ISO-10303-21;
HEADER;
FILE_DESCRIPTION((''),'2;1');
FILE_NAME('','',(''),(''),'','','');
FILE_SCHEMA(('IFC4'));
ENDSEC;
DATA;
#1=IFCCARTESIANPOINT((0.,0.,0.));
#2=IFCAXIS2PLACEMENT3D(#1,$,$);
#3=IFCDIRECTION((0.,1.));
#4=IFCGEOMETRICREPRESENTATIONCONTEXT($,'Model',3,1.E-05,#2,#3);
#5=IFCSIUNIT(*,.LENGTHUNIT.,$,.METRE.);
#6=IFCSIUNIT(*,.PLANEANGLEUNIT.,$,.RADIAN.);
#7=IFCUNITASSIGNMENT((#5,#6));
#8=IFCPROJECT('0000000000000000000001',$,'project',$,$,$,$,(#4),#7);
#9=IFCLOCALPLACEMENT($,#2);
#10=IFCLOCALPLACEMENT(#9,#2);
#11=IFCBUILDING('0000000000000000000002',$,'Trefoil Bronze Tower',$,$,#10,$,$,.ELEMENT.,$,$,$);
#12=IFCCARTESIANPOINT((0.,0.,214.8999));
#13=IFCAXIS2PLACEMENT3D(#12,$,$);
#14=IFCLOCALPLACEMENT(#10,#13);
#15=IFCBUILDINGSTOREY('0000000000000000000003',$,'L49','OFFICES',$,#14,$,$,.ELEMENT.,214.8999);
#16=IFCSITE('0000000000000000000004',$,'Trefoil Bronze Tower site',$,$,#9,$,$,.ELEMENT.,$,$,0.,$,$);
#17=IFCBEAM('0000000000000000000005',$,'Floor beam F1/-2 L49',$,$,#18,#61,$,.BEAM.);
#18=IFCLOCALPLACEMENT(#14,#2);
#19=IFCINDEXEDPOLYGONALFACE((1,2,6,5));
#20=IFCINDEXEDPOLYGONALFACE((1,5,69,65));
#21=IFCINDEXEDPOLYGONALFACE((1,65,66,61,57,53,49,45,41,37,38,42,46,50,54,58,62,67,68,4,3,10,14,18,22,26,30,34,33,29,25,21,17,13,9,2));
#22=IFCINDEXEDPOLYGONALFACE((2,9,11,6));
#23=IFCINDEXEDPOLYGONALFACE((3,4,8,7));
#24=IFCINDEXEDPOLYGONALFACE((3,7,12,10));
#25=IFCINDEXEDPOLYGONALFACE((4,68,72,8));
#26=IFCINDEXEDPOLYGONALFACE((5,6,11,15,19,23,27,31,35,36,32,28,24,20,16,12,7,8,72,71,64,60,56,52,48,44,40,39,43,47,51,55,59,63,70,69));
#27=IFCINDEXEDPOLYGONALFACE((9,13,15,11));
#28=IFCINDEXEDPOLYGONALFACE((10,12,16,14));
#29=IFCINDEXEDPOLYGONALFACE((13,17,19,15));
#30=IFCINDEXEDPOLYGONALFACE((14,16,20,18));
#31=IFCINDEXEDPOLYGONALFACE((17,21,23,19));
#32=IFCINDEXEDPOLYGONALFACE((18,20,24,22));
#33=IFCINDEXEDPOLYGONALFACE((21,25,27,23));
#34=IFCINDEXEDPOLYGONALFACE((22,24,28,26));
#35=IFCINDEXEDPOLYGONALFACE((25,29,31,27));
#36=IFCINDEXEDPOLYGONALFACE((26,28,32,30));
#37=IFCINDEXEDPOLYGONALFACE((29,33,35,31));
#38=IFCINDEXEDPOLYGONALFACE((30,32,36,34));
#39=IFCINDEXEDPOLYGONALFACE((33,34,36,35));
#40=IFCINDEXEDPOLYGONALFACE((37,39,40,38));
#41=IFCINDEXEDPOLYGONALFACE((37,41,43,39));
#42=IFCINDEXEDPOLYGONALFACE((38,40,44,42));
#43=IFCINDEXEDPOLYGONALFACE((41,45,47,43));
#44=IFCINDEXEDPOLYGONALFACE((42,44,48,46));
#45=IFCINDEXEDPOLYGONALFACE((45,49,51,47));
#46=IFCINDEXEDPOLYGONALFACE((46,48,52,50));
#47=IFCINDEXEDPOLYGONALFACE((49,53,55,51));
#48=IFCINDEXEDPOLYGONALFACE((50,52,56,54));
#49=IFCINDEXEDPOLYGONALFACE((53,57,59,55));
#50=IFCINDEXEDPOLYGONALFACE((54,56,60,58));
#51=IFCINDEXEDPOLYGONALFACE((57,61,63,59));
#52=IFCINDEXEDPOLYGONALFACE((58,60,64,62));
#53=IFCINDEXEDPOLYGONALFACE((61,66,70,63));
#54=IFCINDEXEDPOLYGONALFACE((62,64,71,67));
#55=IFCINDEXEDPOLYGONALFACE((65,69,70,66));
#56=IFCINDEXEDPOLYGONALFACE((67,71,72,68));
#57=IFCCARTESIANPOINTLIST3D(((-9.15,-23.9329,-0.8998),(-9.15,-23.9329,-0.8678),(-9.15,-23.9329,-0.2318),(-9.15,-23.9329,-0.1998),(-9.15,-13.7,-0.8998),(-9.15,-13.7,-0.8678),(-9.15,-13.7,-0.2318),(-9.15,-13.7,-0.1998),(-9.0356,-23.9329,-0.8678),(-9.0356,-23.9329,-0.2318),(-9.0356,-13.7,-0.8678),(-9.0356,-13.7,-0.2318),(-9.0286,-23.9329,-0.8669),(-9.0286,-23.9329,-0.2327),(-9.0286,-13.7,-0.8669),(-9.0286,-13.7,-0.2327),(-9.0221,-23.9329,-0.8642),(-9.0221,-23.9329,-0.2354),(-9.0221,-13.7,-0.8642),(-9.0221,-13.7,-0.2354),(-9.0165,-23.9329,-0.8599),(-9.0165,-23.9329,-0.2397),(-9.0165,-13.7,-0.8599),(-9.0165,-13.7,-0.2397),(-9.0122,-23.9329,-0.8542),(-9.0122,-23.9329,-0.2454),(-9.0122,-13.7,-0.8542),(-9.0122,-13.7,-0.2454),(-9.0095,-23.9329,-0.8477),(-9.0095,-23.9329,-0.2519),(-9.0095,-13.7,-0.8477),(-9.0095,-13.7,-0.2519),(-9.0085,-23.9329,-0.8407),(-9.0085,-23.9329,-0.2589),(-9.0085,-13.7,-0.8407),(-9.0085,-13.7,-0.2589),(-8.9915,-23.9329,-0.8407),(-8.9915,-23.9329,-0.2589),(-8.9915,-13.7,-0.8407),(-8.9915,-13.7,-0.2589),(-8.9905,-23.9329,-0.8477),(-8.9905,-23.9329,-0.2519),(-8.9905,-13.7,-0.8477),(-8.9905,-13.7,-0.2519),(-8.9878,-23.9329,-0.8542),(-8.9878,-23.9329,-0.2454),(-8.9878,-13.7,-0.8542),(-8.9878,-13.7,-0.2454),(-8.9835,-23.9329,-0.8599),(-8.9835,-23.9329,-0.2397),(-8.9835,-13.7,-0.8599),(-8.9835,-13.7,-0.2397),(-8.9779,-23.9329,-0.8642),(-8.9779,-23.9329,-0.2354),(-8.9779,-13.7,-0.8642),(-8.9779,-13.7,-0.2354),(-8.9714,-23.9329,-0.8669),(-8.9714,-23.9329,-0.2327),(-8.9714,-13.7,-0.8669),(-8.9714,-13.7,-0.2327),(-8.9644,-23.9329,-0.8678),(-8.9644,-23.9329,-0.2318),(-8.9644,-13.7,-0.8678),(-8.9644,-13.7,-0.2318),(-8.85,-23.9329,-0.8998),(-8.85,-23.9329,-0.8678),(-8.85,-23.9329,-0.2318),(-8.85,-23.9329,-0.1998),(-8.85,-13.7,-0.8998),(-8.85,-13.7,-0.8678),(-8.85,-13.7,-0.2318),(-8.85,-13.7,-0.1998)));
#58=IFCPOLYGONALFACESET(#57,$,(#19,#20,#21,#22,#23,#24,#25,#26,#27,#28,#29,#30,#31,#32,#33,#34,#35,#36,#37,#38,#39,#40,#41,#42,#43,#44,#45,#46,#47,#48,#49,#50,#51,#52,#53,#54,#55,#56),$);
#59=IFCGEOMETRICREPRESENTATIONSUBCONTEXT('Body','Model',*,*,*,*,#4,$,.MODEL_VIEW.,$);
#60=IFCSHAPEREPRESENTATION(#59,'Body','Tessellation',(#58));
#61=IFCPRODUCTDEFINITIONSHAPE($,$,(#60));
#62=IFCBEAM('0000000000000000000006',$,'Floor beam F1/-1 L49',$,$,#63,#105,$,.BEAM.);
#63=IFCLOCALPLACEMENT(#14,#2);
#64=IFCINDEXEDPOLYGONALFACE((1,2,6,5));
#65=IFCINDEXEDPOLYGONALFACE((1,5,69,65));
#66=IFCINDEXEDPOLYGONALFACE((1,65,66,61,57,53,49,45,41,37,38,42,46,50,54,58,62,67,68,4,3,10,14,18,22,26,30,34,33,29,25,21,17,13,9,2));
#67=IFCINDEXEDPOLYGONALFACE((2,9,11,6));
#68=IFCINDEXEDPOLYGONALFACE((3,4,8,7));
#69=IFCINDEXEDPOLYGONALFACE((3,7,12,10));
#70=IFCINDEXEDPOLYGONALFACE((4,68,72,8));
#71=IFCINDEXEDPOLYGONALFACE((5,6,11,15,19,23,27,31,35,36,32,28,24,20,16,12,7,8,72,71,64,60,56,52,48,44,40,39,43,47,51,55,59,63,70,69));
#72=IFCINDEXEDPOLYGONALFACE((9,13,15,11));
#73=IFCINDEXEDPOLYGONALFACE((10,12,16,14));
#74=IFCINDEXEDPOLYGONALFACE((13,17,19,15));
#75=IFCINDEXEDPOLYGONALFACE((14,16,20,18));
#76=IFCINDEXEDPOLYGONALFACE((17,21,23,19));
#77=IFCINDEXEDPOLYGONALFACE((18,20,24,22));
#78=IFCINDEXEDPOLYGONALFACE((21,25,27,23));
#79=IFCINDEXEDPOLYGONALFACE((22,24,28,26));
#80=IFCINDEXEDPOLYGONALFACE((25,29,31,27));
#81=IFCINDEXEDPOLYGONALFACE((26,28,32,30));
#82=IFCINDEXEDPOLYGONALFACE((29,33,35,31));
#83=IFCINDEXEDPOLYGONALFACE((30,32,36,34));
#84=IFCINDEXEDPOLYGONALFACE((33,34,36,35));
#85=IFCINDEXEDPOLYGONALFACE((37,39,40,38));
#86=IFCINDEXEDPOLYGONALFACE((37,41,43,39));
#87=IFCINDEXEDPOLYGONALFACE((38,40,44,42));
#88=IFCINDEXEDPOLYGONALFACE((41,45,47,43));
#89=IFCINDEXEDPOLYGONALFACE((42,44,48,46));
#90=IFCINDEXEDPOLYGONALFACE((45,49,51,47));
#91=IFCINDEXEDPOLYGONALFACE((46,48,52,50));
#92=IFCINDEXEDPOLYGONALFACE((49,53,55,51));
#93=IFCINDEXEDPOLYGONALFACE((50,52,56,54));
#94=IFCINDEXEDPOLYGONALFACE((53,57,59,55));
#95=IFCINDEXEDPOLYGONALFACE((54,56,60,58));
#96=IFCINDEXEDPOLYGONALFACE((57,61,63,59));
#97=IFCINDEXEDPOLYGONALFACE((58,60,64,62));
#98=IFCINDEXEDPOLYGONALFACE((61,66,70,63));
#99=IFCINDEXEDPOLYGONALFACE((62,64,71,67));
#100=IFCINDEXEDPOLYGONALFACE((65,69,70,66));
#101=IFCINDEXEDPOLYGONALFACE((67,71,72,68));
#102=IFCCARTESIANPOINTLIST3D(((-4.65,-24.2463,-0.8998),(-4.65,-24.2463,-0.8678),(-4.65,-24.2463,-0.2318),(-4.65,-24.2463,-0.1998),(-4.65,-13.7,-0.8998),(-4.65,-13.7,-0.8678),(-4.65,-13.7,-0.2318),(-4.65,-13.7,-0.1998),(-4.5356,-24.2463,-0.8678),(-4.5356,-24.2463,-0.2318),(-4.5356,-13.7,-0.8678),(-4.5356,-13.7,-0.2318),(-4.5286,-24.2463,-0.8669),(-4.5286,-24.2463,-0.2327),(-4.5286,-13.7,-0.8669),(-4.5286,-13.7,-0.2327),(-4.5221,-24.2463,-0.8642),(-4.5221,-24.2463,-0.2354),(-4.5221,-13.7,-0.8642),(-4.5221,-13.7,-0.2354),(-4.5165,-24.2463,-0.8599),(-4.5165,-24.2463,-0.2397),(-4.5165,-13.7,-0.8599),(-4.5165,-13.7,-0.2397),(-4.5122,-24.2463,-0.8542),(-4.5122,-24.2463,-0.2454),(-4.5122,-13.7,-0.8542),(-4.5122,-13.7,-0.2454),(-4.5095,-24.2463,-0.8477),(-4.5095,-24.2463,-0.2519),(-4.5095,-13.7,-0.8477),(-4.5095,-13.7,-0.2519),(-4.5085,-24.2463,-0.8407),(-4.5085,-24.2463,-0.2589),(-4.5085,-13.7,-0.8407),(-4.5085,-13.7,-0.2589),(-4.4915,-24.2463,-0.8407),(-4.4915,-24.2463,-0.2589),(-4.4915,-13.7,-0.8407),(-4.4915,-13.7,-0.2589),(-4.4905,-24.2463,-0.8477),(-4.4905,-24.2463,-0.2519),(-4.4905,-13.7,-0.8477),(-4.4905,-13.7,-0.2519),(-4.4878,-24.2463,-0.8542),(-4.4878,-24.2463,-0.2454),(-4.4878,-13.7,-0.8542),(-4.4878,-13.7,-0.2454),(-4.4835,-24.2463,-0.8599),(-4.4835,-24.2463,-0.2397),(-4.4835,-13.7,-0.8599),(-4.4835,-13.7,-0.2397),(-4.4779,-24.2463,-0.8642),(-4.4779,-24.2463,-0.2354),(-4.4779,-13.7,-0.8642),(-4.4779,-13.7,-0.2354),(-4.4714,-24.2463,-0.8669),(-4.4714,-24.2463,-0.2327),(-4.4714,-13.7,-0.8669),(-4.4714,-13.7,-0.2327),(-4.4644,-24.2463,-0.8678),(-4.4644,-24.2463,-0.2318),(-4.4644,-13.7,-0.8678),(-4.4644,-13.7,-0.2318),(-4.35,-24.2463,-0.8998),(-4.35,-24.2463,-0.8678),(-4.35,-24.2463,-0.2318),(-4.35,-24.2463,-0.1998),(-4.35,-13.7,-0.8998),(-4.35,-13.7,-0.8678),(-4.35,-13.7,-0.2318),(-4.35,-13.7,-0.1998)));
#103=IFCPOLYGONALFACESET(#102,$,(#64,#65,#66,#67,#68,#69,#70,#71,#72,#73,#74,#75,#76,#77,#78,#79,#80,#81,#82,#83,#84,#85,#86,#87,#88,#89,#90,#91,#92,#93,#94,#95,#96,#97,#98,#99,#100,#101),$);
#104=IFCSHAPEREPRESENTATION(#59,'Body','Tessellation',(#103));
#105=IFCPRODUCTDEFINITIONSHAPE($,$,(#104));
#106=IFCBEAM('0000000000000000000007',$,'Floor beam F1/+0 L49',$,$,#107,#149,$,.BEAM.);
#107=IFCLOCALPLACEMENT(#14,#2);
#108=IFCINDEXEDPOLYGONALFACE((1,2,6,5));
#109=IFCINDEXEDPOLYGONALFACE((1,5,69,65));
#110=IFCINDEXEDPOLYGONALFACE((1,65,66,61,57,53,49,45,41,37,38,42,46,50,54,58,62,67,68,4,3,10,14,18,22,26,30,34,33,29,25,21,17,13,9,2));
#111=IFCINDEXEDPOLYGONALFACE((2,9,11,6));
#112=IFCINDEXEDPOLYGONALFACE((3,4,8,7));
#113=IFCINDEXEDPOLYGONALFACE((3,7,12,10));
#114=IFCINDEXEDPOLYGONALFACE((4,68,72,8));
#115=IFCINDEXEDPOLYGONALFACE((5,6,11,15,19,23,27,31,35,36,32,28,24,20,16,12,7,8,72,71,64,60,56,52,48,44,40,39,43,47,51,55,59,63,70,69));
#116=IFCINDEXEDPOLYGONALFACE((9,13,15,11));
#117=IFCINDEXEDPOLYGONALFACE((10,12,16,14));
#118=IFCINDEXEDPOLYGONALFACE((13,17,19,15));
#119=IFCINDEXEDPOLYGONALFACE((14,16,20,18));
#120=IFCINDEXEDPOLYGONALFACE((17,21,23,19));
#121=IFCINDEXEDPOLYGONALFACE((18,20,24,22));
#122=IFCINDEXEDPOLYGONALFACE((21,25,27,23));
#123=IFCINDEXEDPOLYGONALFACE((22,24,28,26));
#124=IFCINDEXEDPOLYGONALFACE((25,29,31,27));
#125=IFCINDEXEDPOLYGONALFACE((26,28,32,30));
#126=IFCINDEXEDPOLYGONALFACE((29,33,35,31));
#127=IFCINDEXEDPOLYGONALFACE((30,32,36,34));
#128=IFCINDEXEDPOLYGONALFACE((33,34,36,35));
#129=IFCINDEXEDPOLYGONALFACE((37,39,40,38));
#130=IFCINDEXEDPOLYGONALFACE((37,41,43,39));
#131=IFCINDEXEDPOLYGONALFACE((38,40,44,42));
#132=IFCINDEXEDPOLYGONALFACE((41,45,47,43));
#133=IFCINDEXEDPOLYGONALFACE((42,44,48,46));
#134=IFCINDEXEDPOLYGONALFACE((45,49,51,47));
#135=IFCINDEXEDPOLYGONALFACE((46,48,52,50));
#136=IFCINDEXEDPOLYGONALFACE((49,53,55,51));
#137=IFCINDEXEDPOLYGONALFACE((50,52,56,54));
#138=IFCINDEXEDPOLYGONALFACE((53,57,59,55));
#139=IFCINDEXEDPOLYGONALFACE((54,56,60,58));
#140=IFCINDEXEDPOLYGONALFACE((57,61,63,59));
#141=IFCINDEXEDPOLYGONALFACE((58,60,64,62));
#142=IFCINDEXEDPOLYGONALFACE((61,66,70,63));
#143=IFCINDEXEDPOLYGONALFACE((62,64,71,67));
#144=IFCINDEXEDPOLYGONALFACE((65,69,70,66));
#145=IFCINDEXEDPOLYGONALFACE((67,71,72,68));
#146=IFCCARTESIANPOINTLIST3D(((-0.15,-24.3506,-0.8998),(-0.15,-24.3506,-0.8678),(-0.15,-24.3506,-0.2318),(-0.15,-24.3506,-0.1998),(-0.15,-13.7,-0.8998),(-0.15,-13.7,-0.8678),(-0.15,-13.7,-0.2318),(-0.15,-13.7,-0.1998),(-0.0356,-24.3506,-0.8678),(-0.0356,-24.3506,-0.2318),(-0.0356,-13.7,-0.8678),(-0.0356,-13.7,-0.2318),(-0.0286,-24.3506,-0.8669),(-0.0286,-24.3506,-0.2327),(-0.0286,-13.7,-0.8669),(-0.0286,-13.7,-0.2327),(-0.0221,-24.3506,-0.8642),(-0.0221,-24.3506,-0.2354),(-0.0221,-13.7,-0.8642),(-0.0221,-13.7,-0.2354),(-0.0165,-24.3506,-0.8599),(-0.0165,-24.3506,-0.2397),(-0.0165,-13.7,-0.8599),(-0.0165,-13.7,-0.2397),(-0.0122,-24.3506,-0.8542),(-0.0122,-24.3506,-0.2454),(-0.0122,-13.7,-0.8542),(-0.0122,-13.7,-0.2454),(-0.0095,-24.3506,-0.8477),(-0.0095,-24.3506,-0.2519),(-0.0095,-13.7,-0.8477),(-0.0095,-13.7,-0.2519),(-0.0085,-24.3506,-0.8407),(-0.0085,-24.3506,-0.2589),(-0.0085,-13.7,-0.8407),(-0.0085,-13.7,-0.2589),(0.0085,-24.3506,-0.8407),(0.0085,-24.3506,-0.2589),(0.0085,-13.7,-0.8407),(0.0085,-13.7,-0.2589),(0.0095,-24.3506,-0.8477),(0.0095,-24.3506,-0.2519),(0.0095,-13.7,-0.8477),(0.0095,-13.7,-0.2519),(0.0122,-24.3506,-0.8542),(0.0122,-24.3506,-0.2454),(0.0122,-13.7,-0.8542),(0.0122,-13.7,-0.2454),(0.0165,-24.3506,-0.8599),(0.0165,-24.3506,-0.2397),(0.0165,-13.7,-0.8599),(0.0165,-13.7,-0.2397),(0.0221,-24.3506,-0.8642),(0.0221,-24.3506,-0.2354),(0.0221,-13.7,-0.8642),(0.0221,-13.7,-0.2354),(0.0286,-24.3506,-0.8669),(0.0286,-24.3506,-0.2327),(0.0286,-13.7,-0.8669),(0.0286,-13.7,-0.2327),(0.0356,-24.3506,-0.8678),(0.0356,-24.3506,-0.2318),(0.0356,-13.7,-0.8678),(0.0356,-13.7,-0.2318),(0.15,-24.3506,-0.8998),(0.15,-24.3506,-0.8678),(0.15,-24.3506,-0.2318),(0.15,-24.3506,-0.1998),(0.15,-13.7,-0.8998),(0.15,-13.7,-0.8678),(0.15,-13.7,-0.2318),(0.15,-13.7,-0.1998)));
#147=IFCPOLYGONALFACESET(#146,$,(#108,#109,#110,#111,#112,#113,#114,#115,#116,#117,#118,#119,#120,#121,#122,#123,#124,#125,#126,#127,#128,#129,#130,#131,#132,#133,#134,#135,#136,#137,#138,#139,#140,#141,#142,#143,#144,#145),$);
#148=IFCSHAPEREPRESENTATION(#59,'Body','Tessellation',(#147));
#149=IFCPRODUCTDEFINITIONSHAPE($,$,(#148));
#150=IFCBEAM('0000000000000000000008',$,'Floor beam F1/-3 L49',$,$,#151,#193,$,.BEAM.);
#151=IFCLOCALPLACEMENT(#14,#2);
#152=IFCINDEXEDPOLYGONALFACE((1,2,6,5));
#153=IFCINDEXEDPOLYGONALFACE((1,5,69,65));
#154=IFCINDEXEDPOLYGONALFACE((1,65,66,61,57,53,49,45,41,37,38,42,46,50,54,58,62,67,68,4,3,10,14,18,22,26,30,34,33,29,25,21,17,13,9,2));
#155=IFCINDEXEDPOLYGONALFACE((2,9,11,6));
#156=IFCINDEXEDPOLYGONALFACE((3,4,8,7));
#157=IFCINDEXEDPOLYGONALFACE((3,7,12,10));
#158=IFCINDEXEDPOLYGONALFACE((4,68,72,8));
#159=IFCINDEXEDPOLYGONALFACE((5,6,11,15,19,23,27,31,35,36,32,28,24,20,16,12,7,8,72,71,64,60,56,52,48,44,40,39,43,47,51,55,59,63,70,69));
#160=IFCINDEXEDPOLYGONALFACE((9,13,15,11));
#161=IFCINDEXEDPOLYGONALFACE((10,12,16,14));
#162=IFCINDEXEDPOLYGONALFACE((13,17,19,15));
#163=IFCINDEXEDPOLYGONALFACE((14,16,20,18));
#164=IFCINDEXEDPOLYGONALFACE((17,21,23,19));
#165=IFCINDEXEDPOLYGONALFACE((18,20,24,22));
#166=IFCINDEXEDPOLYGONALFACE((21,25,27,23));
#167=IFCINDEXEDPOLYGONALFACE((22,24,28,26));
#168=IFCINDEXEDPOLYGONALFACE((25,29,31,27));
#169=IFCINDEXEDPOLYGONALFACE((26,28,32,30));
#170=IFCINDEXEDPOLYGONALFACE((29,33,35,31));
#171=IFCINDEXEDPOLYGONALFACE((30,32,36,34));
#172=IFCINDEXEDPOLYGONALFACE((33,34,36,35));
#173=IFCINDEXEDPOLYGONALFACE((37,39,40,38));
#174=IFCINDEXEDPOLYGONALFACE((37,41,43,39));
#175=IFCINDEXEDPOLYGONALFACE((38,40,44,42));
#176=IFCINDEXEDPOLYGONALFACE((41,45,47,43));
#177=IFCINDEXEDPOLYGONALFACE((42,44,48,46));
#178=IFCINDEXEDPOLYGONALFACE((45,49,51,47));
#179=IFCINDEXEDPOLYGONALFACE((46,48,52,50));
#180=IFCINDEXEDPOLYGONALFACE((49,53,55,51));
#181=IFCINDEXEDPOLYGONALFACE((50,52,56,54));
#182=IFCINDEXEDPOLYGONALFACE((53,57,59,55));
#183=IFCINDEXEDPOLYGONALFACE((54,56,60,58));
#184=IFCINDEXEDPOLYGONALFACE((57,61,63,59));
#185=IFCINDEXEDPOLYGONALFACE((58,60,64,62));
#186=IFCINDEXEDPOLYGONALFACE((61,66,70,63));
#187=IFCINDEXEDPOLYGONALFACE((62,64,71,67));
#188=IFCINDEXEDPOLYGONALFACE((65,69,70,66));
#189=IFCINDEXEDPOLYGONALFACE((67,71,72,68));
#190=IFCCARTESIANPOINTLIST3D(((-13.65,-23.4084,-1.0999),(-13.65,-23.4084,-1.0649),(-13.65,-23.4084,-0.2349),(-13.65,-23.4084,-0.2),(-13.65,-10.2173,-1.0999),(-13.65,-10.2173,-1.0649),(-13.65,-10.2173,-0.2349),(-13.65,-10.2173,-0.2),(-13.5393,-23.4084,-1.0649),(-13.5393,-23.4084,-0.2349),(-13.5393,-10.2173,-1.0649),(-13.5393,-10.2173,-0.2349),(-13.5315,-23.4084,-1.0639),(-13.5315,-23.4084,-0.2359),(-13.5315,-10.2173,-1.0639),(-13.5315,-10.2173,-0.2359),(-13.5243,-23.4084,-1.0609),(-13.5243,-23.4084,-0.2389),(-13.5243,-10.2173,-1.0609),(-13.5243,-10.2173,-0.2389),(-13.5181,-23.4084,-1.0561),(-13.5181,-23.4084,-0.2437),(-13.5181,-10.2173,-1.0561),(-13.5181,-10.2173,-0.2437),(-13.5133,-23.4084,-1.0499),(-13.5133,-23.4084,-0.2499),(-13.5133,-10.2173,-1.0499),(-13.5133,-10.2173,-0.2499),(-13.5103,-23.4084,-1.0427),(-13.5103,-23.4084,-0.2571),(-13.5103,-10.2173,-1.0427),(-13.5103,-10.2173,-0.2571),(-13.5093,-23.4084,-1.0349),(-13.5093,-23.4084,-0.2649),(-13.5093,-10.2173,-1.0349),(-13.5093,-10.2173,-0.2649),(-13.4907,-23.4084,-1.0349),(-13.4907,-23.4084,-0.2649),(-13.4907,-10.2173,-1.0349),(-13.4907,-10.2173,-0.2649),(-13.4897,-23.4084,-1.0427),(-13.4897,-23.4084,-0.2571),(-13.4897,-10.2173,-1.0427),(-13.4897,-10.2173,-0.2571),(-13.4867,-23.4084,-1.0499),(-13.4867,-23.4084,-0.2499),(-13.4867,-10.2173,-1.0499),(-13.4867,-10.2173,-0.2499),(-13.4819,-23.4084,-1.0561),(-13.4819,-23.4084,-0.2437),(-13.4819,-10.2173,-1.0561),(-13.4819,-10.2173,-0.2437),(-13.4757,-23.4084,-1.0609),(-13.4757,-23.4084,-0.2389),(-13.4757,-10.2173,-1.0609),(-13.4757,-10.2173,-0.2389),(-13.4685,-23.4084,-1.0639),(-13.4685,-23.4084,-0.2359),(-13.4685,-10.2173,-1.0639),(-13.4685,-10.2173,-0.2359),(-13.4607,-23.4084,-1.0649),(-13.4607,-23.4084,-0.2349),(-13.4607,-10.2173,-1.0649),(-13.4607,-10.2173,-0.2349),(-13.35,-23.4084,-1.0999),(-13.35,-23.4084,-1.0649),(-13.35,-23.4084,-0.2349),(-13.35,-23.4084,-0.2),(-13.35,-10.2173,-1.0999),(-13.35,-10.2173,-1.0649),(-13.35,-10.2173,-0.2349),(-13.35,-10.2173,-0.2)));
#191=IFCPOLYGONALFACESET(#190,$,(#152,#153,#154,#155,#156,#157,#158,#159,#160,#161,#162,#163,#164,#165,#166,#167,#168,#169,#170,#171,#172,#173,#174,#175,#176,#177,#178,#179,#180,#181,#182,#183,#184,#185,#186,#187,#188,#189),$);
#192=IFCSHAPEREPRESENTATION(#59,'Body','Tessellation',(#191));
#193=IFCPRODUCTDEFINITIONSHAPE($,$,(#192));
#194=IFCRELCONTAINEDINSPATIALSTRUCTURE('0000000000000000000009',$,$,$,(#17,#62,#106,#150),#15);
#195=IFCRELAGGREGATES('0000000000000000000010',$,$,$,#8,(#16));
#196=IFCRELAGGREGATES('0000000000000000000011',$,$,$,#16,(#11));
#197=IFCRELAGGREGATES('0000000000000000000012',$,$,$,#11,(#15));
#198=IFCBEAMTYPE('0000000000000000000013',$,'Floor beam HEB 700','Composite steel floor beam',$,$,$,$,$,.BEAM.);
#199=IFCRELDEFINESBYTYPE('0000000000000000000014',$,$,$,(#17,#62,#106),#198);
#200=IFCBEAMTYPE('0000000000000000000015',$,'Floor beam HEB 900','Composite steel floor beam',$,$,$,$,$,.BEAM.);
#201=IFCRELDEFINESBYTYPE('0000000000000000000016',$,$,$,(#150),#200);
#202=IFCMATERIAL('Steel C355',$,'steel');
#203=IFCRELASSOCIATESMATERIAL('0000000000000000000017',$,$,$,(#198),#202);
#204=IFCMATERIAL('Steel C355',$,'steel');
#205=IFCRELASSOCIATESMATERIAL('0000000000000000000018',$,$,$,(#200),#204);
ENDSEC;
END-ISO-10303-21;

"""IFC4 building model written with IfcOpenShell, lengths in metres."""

from ifc_helpers import new_model, si_unit, direction, frame, origin, origin_2d, place, context, subcontext, project, spatial, i_section, extrude, material, material_profile, profile_set, type_object, element, save


model = new_model("IFC4")

# Units and contexts
model_context = context("Model", 3, precision=1e-05, world=origin(), true_north=direction((0.0, 1.0)))
body_context = subcontext(model_context, "Body", "Model", "MODEL_VIEW")
ifc_project = project(units=[si_unit("LENGTHUNIT", "METRE"), si_unit("PLANEANGLEUNIT", "RADIAN")], contexts=[model_context])

# Site, building, storey
site_placement = place(None, origin())
site = spatial("IfcSite", under=ifc_project, at=site_placement, Name="Trefoil Bronze Tower site", CompositionType="ELEMENT", RefElevation=0.0)
building_placement = place(site_placement, origin())
building = spatial("IfcBuilding", under=site, at=building_placement, Name="Trefoil Bronze Tower", CompositionType="ELEMENT")
storey_placement = place(building_placement, frame((0.0, 0.0, 214.8999)))
storey = spatial("IfcBuildingStorey", under=building, at=storey_placement, Name="L49", Description="OFFICES", CompositionType="ELEMENT", Elevation=214.8999)

# Beams
ifc_material_1 = material(Name="Steel C355", Category="steel")
ifc_material_profile_1 = material_profile(ifc_material_1, i_section(OverallWidth=0.3, OverallDepth=0.7, WebThickness=0.0171, FlangeThickness=0.032, FilletRadius=0.0271, at=origin_2d()), Name="HEB 700")
ifc_profile_set_1 = profile_set([ifc_material_profile_1], Name="Steel C355")
beam_type_1 = type_object("IfcBeamType", Name="Floor beam HEB 700", Description="Composite steel floor beam", PredefinedType="BEAM", material=ifc_profile_set_1)
beam_1_placement = place(storey_placement, frame((-9.0, -23.9329, -0.5498), z_axis=(0.0, 1.0, 0.0), x_axis=(-1.0, 0.0, 0.0)))
element("IfcBeam", 1, at=beam_1_placement, inside=storey, type_object=beam_type_1, Name="Floor beam F1/-2 L49", PredefinedType="BEAM", context=body_context, shape_type="SweptSolid", body=[
    extrude(i_section(OverallWidth=0.3, OverallDepth=0.7, WebThickness=0.0171, FlangeThickness=0.032, FilletRadius=0.0271, at=origin_2d()), origin(), (0.0, 0.0, 1.0), 10.2329),
])
beam_2_placement = place(storey_placement, frame((-4.5, -24.2463, -0.5498), z_axis=(0.0, 1.0, 0.0), x_axis=(-1.0, 0.0, 0.0)))
element("IfcBeam", 2, at=beam_2_placement, inside=storey, type_object=beam_type_1, Name="Floor beam F1/-1 L49", PredefinedType="BEAM", context=body_context, shape_type="SweptSolid", body=[
    extrude(i_section(OverallWidth=0.3, OverallDepth=0.7, WebThickness=0.0171, FlangeThickness=0.032, FilletRadius=0.0271, at=origin_2d()), origin(), (0.0, 0.0, 1.0), 10.5464),
])
beam_3_placement = place(storey_placement, frame((0.0, -24.3506, -0.5498), z_axis=(0.0, 1.0, 0.0), x_axis=(-1.0, 0.0, 0.0)))
element("IfcBeam", 3, at=beam_3_placement, inside=storey, type_object=beam_type_1, Name="Floor beam F1/+0 L49", PredefinedType="BEAM", context=body_context, shape_type="SweptSolid", body=[
    extrude(i_section(OverallWidth=0.3, OverallDepth=0.7, WebThickness=0.0171, FlangeThickness=0.032, FilletRadius=0.0271, at=origin_2d()), origin(), (0.0, 0.0, 1.0), 10.6506),
])
ifc_material_2 = material(Name="Steel C355", Category="steel")
ifc_material_profile_2 = material_profile(ifc_material_2, i_section(OverallWidth=0.3, OverallDepth=0.8999, WebThickness=0.0186, FlangeThickness=0.0349, FilletRadius=0.03, at=origin_2d()), Name="HEB 900")
ifc_profile_set_2 = profile_set([ifc_material_profile_2], Name="Steel C355")
beam_type_2 = type_object("IfcBeamType", Name="Floor beam HEB 900", Description="Composite steel floor beam", PredefinedType="BEAM", material=ifc_profile_set_2)
beam_4_placement = place(storey_placement, frame((-13.5, -23.4084, -0.6499), z_axis=(0.0, 1.0, 0.0), x_axis=(-1.0, 0.0, 0.0)))
element("IfcBeam", 4, at=beam_4_placement, inside=storey, type_object=beam_type_2, Name="Floor beam F1/-3 L49", PredefinedType="BEAM", context=body_context, shape_type="SweptSolid", body=[
    extrude(i_section(OverallWidth=0.3, OverallDepth=0.8999, WebThickness=0.0186, FlangeThickness=0.0349, FilletRadius=0.03, at=origin_2d()), origin(), (0.0, 0.0, 1.0), 13.1912),
])

save(model, "model.ifc")
